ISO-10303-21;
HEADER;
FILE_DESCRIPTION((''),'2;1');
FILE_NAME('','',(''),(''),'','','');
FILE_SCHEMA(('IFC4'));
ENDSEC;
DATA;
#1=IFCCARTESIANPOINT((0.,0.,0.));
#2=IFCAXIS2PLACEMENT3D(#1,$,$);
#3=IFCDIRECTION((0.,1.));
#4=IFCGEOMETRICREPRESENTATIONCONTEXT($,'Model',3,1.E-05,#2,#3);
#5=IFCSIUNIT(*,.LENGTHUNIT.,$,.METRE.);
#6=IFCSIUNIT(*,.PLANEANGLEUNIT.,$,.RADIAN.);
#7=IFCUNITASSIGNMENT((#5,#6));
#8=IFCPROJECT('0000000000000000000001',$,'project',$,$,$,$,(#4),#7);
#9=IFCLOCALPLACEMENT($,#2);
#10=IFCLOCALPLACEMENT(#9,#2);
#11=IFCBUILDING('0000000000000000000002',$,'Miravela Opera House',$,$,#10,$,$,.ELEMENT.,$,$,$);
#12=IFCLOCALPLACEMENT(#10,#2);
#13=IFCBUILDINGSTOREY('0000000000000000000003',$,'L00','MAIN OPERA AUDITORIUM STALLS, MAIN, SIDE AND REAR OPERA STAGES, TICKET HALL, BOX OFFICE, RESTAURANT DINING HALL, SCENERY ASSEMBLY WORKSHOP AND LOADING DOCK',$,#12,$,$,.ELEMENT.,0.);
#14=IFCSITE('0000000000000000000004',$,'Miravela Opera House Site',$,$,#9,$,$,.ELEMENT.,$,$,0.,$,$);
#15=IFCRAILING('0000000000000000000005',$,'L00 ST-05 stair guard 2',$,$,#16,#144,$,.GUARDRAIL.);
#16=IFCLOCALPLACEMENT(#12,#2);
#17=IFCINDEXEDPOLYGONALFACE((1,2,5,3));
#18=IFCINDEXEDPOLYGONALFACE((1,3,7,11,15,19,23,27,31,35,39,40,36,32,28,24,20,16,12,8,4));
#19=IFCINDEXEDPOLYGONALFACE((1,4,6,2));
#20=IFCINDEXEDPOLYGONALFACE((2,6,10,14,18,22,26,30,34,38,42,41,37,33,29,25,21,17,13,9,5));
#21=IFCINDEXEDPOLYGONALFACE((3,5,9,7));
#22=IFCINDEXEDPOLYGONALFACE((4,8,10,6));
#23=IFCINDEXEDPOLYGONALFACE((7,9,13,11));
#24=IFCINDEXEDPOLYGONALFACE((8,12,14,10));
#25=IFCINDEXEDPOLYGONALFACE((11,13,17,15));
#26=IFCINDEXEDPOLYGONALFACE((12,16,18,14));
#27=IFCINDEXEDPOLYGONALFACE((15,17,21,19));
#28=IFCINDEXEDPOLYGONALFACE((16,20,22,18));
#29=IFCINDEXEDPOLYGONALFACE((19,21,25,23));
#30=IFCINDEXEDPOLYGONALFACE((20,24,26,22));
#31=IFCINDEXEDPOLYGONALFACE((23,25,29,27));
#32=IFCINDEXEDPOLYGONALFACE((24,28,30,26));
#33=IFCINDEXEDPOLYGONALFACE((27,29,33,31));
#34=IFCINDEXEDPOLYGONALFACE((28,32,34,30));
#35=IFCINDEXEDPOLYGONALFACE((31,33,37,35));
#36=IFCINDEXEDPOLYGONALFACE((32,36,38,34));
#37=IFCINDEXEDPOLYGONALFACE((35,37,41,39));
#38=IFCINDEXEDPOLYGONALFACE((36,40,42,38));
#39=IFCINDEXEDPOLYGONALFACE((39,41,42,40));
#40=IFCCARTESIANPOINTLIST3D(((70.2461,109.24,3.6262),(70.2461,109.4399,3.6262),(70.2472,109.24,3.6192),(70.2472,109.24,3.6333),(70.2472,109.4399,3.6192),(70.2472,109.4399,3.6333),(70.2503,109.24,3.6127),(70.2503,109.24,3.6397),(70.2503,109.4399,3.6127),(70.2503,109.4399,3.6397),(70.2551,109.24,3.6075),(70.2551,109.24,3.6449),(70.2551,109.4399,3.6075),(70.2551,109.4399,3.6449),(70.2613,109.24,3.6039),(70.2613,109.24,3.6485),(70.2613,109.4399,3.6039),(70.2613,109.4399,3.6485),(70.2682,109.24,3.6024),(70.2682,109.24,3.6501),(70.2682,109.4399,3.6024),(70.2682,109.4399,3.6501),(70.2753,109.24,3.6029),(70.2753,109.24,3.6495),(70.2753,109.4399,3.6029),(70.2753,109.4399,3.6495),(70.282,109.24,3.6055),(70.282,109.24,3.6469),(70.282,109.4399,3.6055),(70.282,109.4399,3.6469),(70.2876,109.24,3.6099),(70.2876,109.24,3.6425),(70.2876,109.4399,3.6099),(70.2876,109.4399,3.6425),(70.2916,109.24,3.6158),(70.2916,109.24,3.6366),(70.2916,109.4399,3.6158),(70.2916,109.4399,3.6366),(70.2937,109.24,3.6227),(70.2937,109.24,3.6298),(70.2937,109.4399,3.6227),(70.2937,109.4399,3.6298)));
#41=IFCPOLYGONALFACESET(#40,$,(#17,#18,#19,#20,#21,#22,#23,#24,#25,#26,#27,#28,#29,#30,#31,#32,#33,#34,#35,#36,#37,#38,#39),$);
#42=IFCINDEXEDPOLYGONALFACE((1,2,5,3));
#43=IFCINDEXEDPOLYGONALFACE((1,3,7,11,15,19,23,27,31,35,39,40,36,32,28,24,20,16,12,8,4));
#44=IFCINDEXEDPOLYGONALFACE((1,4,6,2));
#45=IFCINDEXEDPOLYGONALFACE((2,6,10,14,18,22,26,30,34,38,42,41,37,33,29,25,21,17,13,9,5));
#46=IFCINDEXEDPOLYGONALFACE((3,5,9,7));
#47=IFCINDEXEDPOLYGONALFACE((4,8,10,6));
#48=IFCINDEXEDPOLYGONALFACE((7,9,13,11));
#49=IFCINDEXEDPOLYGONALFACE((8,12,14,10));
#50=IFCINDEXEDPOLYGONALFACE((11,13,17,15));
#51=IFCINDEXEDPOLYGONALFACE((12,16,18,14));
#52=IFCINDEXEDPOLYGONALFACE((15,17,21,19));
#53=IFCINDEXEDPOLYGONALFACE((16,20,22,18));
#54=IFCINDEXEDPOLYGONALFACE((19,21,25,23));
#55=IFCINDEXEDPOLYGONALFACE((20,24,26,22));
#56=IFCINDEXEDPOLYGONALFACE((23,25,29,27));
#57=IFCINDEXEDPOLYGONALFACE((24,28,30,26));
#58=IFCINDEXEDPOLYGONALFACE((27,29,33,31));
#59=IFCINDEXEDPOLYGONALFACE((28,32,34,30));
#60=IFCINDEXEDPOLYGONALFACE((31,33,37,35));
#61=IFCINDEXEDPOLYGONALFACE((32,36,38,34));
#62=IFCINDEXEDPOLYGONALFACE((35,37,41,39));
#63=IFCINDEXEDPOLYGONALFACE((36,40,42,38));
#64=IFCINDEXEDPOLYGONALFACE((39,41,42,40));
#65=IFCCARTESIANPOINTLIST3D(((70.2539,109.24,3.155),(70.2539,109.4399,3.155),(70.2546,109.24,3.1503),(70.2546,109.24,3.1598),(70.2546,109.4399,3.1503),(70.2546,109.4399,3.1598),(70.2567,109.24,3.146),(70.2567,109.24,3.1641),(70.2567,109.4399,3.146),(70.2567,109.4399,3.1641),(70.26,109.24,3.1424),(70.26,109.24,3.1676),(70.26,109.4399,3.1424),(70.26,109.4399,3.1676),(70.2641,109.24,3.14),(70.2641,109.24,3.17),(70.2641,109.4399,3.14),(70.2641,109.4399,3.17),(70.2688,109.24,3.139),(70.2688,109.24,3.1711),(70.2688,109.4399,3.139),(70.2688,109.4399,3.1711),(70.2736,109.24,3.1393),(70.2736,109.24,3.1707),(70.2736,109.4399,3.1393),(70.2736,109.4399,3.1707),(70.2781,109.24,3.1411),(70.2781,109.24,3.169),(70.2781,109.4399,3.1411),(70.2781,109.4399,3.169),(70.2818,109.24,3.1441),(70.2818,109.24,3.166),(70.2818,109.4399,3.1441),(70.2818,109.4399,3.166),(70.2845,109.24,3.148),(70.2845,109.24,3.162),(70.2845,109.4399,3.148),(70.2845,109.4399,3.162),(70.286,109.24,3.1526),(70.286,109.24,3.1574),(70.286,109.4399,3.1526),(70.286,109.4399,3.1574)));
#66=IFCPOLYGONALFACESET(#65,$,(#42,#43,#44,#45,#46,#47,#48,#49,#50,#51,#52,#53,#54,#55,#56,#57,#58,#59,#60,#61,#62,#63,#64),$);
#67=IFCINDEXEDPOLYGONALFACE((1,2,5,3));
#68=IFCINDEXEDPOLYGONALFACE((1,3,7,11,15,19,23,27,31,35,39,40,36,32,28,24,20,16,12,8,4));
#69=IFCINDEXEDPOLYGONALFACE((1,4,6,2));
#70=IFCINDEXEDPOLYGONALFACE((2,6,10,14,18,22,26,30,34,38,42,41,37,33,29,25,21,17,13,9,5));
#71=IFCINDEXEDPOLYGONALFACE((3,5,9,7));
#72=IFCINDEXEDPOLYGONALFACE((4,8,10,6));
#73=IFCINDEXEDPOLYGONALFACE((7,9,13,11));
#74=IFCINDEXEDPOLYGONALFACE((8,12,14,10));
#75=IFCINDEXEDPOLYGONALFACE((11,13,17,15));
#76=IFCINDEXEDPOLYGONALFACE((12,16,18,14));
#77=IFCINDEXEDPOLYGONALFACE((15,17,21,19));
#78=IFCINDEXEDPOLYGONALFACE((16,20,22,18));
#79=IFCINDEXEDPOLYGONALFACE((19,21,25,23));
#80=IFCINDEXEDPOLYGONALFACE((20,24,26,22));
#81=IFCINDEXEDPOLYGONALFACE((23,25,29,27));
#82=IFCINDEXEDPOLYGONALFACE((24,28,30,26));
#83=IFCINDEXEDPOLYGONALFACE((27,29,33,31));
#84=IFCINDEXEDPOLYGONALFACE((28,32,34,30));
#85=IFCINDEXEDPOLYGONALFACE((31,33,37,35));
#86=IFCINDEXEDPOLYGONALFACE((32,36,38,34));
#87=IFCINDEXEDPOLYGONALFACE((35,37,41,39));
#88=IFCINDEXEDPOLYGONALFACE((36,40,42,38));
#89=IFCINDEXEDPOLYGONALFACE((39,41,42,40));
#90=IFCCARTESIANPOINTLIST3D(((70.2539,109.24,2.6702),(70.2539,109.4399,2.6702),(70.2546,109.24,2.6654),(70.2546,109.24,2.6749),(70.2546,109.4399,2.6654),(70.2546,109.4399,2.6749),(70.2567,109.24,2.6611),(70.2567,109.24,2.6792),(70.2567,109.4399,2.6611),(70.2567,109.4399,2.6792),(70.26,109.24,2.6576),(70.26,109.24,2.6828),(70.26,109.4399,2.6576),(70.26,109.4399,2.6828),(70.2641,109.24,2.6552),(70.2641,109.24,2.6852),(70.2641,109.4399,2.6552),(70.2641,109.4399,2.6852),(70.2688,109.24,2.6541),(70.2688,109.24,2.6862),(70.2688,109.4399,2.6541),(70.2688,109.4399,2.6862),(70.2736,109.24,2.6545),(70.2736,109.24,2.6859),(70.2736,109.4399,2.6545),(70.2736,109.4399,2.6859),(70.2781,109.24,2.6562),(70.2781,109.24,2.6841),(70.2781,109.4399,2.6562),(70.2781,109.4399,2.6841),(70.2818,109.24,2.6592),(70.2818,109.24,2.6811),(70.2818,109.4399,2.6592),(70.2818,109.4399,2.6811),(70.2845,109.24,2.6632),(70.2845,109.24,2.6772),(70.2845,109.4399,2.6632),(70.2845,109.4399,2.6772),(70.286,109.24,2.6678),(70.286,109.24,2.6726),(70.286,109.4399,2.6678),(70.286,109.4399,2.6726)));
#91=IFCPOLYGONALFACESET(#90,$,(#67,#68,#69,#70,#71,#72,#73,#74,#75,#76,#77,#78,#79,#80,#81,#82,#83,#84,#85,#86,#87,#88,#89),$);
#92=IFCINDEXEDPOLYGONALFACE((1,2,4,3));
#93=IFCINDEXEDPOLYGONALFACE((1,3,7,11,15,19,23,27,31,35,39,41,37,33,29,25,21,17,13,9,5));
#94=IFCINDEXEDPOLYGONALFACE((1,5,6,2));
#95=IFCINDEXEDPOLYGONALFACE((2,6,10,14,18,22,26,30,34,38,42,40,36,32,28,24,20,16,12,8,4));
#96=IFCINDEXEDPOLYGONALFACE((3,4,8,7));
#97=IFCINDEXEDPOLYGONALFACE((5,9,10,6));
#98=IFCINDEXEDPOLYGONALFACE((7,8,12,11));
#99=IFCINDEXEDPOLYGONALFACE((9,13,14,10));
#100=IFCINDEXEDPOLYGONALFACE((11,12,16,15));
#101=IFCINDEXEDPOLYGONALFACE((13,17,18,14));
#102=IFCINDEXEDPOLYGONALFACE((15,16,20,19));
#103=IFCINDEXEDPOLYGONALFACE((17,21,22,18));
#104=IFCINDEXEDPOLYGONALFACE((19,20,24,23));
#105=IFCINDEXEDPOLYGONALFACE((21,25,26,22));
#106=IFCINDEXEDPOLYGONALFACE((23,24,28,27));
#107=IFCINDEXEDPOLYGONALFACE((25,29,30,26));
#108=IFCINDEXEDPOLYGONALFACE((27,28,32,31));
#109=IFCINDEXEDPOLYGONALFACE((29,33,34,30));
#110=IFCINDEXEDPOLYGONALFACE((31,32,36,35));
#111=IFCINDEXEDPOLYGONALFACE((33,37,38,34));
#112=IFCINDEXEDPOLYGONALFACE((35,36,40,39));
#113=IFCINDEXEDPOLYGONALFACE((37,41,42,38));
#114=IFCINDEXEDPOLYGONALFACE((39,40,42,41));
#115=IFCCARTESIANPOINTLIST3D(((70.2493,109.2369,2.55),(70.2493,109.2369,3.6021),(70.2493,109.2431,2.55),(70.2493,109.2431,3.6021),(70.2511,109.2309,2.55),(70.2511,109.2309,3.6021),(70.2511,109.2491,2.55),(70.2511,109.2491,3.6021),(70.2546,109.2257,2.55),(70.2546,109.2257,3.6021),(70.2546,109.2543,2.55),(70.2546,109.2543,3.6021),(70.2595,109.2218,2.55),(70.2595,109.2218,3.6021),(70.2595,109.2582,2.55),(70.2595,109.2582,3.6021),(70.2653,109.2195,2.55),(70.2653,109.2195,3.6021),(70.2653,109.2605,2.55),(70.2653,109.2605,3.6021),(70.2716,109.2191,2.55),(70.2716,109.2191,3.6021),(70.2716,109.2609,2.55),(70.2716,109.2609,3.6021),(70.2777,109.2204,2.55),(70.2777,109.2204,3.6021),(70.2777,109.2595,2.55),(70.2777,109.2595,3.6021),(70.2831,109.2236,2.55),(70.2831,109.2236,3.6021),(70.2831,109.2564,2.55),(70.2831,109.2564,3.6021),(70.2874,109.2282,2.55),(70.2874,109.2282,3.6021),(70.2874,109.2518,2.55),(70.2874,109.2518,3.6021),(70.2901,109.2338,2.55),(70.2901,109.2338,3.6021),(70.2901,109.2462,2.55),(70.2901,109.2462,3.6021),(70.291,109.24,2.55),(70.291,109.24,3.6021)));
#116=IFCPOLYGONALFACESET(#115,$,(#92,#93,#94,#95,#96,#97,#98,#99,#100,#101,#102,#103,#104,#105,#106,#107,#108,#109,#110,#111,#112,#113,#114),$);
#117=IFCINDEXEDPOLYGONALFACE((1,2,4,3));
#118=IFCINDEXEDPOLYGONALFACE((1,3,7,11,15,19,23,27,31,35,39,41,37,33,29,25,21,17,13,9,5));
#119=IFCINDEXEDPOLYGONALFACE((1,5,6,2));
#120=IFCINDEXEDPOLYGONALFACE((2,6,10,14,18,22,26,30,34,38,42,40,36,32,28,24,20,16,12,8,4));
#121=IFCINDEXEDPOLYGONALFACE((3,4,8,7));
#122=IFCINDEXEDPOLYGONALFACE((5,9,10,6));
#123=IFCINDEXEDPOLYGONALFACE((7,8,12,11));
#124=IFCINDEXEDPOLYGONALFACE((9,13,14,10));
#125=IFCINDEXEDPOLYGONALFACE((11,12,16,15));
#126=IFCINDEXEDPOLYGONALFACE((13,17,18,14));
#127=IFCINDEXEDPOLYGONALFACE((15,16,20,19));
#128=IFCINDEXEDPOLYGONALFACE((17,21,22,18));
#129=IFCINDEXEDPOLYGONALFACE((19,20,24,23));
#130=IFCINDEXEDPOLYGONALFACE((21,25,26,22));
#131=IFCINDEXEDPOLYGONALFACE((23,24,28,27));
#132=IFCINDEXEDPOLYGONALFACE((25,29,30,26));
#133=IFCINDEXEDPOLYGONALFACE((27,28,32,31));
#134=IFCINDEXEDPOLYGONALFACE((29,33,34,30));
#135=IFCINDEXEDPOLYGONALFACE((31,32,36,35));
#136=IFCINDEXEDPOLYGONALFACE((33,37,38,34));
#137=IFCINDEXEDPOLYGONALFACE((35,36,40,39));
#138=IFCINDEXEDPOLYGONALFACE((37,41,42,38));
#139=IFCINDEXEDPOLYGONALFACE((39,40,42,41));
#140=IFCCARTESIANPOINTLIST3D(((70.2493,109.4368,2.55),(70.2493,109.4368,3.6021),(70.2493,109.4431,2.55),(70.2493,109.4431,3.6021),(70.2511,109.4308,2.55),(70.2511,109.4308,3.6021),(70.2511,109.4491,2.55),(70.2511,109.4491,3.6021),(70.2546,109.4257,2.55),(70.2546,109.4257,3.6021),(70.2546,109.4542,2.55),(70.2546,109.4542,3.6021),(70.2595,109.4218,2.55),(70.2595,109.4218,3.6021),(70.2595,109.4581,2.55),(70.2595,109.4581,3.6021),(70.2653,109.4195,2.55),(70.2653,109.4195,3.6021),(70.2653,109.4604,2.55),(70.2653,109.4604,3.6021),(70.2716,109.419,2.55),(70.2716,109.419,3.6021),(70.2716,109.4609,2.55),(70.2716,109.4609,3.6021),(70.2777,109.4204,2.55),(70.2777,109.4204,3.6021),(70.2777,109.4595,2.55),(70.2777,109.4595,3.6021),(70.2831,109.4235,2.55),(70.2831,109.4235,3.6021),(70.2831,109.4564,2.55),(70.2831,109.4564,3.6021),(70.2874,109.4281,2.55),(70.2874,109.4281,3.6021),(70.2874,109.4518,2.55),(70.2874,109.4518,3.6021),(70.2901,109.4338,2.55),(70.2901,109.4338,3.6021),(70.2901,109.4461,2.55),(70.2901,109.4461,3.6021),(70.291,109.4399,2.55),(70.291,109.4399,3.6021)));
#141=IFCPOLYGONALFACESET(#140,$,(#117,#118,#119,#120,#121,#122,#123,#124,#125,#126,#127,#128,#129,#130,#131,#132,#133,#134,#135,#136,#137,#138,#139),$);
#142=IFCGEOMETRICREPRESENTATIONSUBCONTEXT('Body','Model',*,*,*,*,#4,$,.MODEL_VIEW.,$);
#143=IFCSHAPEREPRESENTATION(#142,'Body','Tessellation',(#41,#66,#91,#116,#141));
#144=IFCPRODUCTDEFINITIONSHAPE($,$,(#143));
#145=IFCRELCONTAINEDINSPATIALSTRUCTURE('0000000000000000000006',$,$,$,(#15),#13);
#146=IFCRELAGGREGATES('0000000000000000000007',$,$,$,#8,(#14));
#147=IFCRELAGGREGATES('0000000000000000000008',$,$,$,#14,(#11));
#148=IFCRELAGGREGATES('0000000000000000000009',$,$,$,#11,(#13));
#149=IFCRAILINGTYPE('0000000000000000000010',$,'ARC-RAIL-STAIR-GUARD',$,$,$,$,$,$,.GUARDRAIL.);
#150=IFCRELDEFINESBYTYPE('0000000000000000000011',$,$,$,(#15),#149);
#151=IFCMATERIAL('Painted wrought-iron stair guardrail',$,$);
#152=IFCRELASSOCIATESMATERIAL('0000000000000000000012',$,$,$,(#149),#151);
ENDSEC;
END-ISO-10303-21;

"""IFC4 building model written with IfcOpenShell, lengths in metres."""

from ifc_helpers import new_model, si_unit, direction, frame, origin, origin_2d, place, context, subcontext, project, spatial, circle, extrude, material, type_object, element, save


model = new_model("IFC4")

# Units and contexts
model_context = context("Model", 3, precision=1e-05, world=origin(), true_north=direction((0.0, 1.0)))
body_context = subcontext(model_context, "Body", "Model", "MODEL_VIEW")
ifc_project = project(units=[si_unit("LENGTHUNIT", "METRE"), si_unit("PLANEANGLEUNIT", "RADIAN")], contexts=[model_context])

# Site, building, storey
site_placement = place(None, origin())
site = spatial("IfcSite", under=ifc_project, at=site_placement, Name="Miravela Opera House Site", CompositionType="ELEMENT", RefElevation=0.0)
building_placement = place(site_placement, origin())
building = spatial("IfcBuilding", under=site, at=building_placement, Name="Miravela Opera House", CompositionType="ELEMENT")
storey_placement = place(building_placement, origin())
storey = spatial("IfcBuildingStorey", under=building, at=storey_placement, Name="L00", Description="MAIN OPERA AUDITORIUM STALLS, MAIN, SIDE AND REAR OPERA STAGES, TICKET HALL, BOX OFFICE, RESTAURANT DINING HALL, SCENERY ASSEMBLY WORKSHOP AND LOADING DOCK", CompositionType="ELEMENT", Elevation=0.0)

# Railing
ifc_material_1 = material(Name="Painted wrought-iron stair guardrail")
railing_type_1 = type_object("IfcRailingType", Name="ARC-RAIL-STAIR-GUARD", PredefinedType="GUARDRAIL", material=ifc_material_1)
railing_1_placement = place(storey_placement, frame((70.27, 109.24, 2.55)))
element("IfcRailing", 1, at=railing_1_placement, inside=storey, type_object=railing_type_1, Name="L00 ST-05 stair guard 2", PredefinedType="GUARDRAIL", context=body_context, shape_type="SweptSolid", body=[
    extrude(circle(Radius=0.0239, at=origin_2d()), frame((0.0, 0.0, 1.0762), z_axis=(0.0, 1.0, 0.0), x_axis=(-1.0, 0.0, 0.0)), (0.0, 0.0, 1.0), 0.2),
    extrude(circle(Radius=0.0161, at=origin_2d()), frame((0.0, 0.0, 0.605), z_axis=(0.0, 1.0, 0.0), x_axis=(-1.0, 0.0, 0.0)), (0.0, 0.0, 1.0), 0.2),
    extrude(circle(Radius=0.0161, at=origin_2d()), frame((0.0, 0.0, 0.1201), z_axis=(0.0, 1.0, 0.0), x_axis=(-1.0, 0.0, 0.0)), (0.0, 0.0, 1.0), 0.2),
    extrude(circle(Radius=0.021, at=origin_2d()), origin(), (0.0, 0.0, 1.0), 1.052),
    extrude(circle(Radius=0.021, at=origin_2d()), frame((0.0, 0.2, 0.0)), (0.0, 0.0, 1.0), 1.052),
])

save(model, "model.ifc")
